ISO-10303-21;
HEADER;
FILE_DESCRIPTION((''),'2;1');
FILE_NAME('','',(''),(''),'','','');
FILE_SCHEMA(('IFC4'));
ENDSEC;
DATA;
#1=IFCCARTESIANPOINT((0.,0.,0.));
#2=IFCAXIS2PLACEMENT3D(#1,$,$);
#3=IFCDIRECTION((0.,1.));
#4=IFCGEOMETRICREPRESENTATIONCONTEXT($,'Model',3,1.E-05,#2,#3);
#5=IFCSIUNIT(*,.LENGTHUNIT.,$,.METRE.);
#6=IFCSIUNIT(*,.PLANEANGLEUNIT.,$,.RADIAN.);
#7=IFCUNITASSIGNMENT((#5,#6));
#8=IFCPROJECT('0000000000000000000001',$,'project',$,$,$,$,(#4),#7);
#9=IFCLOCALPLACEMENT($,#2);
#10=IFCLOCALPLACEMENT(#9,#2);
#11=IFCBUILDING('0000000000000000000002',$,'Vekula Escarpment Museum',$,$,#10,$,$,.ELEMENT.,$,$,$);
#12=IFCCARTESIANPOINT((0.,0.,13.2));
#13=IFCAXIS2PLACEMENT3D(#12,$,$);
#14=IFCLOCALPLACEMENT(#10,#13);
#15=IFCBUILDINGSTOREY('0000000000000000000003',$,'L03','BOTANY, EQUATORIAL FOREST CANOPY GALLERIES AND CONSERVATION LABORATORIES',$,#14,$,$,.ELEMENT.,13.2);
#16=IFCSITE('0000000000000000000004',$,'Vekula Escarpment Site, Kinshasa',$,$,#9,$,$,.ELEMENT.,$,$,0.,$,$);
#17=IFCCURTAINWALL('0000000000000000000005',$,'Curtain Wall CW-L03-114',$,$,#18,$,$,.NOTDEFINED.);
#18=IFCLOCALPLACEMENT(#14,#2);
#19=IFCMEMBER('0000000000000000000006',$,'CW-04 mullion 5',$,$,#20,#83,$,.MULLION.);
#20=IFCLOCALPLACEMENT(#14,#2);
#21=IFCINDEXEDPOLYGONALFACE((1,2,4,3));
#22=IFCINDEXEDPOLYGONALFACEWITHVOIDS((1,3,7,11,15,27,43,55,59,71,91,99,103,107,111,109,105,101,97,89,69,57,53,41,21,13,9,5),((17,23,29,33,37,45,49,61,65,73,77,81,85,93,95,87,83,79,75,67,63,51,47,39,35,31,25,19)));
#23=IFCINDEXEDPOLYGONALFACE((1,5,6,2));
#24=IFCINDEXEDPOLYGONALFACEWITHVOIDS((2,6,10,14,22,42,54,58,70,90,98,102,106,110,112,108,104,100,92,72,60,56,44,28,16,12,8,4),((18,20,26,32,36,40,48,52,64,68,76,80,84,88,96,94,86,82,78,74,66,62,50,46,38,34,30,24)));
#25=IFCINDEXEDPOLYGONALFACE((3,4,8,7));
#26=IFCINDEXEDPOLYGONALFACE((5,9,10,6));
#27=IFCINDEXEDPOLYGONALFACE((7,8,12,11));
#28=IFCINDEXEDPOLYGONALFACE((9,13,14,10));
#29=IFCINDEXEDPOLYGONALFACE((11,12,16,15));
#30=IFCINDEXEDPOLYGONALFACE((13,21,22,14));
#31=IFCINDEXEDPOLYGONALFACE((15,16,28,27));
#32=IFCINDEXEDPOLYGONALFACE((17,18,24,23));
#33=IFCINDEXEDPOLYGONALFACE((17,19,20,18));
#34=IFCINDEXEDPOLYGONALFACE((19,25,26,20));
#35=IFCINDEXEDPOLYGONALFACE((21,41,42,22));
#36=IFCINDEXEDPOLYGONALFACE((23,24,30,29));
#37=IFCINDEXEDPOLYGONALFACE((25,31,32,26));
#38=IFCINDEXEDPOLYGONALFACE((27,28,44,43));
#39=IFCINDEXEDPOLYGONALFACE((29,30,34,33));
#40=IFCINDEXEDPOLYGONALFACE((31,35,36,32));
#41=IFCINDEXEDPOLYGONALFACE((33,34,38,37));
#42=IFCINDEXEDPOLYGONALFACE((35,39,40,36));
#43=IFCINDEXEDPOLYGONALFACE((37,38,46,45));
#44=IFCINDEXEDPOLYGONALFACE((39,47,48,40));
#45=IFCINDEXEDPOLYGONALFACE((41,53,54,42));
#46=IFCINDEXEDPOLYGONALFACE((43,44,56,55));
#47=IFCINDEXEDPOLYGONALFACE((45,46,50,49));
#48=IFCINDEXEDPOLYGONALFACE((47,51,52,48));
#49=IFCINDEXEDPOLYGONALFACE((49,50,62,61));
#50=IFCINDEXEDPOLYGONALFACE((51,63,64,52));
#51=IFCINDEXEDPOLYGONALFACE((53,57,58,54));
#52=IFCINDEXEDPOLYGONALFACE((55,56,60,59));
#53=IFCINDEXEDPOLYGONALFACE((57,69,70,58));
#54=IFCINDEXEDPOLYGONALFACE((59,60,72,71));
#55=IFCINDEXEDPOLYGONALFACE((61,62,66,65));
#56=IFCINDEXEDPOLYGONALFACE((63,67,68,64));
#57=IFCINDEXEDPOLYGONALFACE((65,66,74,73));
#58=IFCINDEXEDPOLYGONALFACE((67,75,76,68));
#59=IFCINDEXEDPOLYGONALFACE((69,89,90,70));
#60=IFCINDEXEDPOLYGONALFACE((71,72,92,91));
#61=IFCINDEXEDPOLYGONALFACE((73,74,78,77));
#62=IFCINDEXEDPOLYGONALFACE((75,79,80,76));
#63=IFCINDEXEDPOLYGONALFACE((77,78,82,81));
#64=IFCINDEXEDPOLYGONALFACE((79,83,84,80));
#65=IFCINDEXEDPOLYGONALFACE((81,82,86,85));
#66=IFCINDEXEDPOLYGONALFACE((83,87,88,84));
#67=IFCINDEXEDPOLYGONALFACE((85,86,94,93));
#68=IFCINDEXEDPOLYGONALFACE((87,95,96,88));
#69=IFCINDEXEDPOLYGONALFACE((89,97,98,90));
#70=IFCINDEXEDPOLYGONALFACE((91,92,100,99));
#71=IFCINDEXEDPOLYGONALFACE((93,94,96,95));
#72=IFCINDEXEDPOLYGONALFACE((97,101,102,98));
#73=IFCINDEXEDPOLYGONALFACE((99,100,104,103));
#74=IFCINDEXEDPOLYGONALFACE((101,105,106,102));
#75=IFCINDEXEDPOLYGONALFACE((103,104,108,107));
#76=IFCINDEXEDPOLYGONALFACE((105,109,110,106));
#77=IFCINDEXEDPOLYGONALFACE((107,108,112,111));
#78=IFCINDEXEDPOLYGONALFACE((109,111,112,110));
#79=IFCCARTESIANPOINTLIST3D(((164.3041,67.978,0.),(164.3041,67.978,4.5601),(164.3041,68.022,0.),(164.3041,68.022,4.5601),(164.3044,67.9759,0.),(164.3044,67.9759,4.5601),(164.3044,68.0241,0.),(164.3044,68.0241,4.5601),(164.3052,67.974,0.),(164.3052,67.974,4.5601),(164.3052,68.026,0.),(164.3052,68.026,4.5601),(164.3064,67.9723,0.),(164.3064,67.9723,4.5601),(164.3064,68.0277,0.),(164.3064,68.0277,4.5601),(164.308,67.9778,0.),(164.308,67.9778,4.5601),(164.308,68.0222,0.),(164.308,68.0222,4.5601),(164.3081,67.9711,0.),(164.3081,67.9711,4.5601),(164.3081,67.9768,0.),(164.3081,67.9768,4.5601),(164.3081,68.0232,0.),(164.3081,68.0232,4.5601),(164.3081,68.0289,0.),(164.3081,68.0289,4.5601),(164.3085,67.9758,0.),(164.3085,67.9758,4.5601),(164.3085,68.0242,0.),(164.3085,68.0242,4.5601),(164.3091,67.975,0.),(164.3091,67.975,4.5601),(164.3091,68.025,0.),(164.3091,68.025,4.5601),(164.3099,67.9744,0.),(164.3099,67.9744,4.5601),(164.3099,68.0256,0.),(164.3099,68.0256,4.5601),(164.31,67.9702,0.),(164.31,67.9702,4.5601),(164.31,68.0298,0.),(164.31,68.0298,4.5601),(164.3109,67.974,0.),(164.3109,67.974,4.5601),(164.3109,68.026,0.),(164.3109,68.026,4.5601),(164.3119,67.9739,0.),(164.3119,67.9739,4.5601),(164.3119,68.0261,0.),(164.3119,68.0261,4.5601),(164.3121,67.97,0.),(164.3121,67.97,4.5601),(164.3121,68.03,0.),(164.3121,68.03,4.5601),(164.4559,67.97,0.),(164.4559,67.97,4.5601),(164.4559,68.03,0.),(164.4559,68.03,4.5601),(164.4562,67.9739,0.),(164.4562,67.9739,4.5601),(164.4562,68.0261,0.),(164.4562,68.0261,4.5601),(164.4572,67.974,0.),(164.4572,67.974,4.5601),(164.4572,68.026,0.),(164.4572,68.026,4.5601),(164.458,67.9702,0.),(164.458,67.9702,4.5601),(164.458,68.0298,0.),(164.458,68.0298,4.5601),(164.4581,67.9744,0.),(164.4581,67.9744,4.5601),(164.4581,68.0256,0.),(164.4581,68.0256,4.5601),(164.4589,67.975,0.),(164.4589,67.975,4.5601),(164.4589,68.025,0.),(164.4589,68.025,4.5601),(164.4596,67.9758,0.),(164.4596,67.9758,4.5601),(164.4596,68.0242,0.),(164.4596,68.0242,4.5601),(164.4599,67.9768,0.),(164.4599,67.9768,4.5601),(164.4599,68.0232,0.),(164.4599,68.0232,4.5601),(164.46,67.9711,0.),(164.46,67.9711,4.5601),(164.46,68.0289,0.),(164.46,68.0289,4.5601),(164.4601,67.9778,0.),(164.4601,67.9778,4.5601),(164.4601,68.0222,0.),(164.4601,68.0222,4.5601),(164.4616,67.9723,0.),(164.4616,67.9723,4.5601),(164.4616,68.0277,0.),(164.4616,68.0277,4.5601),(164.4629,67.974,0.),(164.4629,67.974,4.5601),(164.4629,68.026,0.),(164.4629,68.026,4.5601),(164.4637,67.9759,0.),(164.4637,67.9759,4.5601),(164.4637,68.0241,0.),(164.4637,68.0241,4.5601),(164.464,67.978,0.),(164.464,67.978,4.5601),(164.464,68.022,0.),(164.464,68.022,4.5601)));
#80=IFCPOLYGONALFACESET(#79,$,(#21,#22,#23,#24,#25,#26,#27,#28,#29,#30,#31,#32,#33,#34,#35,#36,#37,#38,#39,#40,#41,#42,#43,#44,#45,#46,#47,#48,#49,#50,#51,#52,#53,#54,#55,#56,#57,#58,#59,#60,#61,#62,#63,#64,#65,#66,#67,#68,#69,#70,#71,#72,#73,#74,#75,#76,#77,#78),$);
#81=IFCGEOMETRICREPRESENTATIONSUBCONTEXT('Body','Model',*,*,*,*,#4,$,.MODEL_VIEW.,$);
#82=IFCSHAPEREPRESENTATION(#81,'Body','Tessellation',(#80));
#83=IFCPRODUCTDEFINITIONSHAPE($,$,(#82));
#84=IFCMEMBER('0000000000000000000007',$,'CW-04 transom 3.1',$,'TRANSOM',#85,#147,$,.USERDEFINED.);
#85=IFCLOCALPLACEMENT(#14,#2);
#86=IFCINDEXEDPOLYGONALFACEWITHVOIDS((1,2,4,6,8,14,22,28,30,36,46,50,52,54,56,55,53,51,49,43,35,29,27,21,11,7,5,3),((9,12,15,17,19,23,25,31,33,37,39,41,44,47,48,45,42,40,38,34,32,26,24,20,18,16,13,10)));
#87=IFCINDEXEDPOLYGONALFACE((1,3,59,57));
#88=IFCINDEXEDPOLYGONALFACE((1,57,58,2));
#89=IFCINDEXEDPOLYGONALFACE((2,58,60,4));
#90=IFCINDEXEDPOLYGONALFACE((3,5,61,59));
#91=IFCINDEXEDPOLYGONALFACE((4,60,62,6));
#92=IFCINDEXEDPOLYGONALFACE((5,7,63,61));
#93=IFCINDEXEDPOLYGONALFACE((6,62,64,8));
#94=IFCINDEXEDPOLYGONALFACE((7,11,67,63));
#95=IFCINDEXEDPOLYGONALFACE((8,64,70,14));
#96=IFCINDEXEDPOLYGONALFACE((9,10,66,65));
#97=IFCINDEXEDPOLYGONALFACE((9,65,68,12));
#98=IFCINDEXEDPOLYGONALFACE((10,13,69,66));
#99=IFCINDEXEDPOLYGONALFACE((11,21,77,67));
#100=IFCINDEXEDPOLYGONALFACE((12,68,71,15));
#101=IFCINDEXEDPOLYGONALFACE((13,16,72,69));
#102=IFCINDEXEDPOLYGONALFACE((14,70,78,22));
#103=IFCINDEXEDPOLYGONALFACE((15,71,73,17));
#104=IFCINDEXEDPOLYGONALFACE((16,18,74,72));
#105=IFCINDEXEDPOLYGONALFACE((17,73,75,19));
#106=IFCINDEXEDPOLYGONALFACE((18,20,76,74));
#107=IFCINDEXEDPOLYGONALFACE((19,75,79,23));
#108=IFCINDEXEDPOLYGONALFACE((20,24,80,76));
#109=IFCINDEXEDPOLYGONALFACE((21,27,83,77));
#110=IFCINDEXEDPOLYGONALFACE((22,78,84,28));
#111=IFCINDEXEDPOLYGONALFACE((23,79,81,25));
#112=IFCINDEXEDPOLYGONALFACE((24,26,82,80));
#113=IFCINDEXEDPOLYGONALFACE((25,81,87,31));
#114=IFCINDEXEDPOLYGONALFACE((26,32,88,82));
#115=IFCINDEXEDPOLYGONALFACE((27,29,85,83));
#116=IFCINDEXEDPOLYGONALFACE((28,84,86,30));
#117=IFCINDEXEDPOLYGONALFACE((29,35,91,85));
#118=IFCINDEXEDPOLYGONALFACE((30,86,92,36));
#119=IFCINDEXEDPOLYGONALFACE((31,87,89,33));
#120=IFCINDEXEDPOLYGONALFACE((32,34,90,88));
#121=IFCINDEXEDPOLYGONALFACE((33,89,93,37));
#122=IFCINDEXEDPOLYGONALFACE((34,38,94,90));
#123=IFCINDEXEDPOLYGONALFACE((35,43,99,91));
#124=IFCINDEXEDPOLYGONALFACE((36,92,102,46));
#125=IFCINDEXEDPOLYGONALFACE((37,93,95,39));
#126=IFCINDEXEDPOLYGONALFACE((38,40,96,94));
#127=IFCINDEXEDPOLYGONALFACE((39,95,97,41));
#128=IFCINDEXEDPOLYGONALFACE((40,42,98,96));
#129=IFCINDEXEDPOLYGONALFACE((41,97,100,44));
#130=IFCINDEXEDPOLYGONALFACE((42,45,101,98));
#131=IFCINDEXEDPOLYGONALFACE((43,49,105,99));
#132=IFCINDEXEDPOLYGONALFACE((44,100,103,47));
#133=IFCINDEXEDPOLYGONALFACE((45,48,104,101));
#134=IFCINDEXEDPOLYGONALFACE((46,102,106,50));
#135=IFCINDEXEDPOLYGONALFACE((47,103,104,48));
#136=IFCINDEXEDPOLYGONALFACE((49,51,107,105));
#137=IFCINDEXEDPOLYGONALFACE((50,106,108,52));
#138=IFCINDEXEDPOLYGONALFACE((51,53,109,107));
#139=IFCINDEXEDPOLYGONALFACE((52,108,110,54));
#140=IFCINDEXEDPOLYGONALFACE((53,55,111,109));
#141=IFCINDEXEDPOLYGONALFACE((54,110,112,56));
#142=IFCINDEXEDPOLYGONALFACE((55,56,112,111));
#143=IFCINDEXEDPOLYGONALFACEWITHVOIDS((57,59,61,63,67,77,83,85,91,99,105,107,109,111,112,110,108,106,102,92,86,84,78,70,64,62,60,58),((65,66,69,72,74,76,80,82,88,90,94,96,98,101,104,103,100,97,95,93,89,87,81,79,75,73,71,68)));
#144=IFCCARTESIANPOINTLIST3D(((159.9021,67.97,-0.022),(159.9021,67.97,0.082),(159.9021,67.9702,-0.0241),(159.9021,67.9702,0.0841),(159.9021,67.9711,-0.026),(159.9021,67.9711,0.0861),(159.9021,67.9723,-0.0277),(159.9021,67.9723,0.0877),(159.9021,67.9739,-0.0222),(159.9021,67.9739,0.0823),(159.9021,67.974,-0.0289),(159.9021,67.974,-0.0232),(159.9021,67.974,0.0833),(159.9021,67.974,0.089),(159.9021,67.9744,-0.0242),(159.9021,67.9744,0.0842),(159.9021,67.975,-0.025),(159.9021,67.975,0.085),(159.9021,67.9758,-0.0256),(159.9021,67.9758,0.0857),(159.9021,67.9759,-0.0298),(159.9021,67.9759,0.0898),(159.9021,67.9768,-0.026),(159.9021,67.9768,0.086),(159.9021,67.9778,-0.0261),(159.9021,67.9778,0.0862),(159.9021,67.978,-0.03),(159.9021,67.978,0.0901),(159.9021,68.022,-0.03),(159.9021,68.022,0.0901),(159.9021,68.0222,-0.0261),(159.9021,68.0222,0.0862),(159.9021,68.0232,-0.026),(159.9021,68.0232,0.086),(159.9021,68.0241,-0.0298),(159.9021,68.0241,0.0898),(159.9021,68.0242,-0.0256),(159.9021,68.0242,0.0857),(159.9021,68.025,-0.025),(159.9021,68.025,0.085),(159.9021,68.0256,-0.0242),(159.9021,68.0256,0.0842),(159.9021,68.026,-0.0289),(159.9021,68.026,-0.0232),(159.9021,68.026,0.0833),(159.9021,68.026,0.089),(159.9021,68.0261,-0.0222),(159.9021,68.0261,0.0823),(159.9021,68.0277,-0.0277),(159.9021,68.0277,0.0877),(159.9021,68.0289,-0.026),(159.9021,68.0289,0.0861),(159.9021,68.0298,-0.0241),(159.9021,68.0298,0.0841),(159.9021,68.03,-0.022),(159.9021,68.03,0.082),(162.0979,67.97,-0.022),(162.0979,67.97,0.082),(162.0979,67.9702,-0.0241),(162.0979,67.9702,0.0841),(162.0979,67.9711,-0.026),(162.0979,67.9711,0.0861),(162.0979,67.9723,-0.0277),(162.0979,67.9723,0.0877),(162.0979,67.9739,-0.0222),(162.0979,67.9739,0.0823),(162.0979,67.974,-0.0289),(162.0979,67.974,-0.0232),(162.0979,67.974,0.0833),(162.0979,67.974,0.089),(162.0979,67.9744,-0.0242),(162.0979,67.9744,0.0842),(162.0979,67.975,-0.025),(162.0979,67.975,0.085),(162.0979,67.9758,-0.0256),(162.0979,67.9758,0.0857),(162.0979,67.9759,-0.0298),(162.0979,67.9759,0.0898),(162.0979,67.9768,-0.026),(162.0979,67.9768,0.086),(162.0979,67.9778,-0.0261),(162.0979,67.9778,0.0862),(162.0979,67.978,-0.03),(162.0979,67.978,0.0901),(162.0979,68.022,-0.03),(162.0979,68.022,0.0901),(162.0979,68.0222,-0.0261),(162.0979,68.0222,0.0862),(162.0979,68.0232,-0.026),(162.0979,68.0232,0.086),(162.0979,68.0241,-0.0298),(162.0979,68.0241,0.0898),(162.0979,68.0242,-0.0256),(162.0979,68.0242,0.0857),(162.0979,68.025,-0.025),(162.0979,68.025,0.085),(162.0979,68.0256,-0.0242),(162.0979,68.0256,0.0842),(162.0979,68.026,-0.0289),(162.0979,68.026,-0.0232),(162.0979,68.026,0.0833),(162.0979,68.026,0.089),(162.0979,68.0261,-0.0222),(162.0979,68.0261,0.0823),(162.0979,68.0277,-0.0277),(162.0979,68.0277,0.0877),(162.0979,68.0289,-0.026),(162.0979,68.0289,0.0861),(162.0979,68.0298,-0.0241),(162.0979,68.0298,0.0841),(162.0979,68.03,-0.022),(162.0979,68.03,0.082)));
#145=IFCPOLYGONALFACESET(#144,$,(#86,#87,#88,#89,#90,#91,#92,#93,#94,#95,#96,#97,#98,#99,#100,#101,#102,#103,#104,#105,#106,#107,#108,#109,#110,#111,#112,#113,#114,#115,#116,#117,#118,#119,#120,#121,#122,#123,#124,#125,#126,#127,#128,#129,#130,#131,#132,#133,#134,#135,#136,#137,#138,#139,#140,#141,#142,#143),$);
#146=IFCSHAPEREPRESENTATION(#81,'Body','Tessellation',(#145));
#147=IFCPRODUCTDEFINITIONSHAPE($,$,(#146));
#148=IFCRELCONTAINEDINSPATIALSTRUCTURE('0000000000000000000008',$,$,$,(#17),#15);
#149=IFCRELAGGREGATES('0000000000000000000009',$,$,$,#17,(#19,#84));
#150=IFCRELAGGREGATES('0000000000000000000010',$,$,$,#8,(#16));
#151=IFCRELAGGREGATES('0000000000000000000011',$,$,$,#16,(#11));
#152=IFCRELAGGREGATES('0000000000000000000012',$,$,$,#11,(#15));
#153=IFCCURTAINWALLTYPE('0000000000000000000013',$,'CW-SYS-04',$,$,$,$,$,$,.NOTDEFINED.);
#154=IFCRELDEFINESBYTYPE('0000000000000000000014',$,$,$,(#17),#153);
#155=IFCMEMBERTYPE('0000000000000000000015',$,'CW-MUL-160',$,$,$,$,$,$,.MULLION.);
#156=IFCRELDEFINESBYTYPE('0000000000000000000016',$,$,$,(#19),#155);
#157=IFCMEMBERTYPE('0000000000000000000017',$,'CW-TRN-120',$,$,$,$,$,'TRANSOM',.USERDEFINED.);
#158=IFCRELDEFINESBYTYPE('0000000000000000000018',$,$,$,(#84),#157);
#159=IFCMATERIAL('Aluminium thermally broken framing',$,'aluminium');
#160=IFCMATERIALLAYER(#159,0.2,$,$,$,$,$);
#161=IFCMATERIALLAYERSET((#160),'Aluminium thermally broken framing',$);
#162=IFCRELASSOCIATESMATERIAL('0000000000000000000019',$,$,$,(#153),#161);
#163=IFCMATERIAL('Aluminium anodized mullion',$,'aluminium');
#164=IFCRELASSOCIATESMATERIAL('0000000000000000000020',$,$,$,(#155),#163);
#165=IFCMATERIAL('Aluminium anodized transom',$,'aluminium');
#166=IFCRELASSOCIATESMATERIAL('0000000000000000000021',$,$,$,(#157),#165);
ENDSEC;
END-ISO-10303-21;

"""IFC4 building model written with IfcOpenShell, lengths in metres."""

from ifc_helpers import new_model, si_unit, direction, frame, origin, origin_2d, place, context, subcontext, project, spatial, hollow_rectangle, extrude, material, layer, layer_set, material_profile, profile_set, type_object, element, aggregate, save


model = new_model("IFC4")

# Units and contexts
model_context = context("Model", 3, precision=1e-05, world=origin(), true_north=direction((0.0, 1.0)))
body_context = subcontext(model_context, "Body", "Model", "MODEL_VIEW")
ifc_project = project(units=[si_unit("LENGTHUNIT", "METRE"), si_unit("PLANEANGLEUNIT", "RADIAN")], contexts=[model_context])

# Site, building, storey
site_placement = place(None, origin())
site = spatial("IfcSite", under=ifc_project, at=site_placement, Name="Vekula Escarpment Site, Kinshasa", CompositionType="ELEMENT", RefElevation=0.0)
building_placement = place(site_placement, origin())
building = spatial("IfcBuilding", under=site, at=building_placement, Name="Vekula Escarpment Museum", CompositionType="ELEMENT")
storey_placement = place(building_placement, frame((0.0, 0.0, 13.2)))
storey = spatial("IfcBuildingStorey", under=building, at=storey_placement, Name="L03", Description="BOTANY, EQUATORIAL FOREST CANOPY GALLERIES AND CONSERVATION LABORATORIES", CompositionType="ELEMENT", Elevation=13.2)

# Curtain wall, members
ifc_material_1 = material(Name="Aluminium thermally broken framing", Category="aluminium")
ifc_layer_1 = layer(ifc_material_1, 0.2)
ifc_layer_set_1 = layer_set([ifc_layer_1], Name="Aluminium thermally broken framing")
curtain_wall_type = type_object("IfcCurtainWallType", Name="CW-SYS-04", PredefinedType="NOTDEFINED", material=ifc_layer_set_1)
curtain_wall_placement = place(storey_placement, origin())
curtain_wall = element("IfcCurtainWall", 1, at=curtain_wall_placement, inside=storey, type_object=curtain_wall_type, Name="Curtain Wall CW-L03-114", PredefinedType="NOTDEFINED")
ifc_material_2 = material(Name="Aluminium anodized mullion", Category="aluminium")
ifc_material_profile_1 = material_profile(ifc_material_2, hollow_rectangle(XDim=0.0601, YDim=0.1599, WallThickness=0.0039, InnerFilletRadius=0.0039, OuterFilletRadius=0.0081, at=origin_2d()), Name="ALU 160x60x4")
ifc_profile_set_1 = profile_set([ifc_material_profile_1], Name="Aluminium anodized mullion")
member_type_1 = type_object("IfcMemberType", Name="CW-MUL-160", PredefinedType="MULLION", material=ifc_profile_set_1)
member_1_placement = place(storey_placement, frame((164.384, 68.0, 0.0), z_axis=(0.0, 0.0, 1.0), x_axis=(0.0, 1.0, 0.0)))
member_1 = element("IfcMember", 2, at=member_1_placement, type_object=member_type_1, Name="CW-04 mullion 5", PredefinedType="MULLION", context=body_context, shape_type="SweptSolid", body=[
    extrude(hollow_rectangle(XDim=0.0601, YDim=0.1599, WallThickness=0.0039, InnerFilletRadius=0.0039, OuterFilletRadius=0.0081, at=origin_2d()), origin(), (0.0, 0.0, 1.0), 4.5601),
])
ifc_material_3 = material(Name="Aluminium anodized transom", Category="aluminium")
ifc_material_profile_2 = material_profile(ifc_material_3, hollow_rectangle(XDim=0.0601, YDim=0.1201, WallThickness=0.0039, InnerFilletRadius=0.0039, OuterFilletRadius=0.0081, at=origin_2d()), Name="ALU 120x60x4")
ifc_profile_set_2 = profile_set([ifc_material_profile_2], Name="Aluminium anodized transom")
member_type_2 = type_object("IfcMemberType", Name="CW-TRN-120", ElementType="TRANSOM", PredefinedType="USERDEFINED", material=ifc_profile_set_2)
member_2_placement = place(storey_placement, frame((159.9021, 68.0, 0.03), z_axis=(1.0, 0.0, 0.0), x_axis=(0.0, 1.0, 0.0)))
member_2 = element("IfcMember", 3, at=member_2_placement, type_object=member_type_2, Name="CW-04 transom 3.1", ObjectType="TRANSOM", PredefinedType="USERDEFINED", context=body_context, shape_type="SweptSolid", body=[
    extrude(hollow_rectangle(XDim=0.0601, YDim=0.1201, WallThickness=0.0039, InnerFilletRadius=0.0039, OuterFilletRadius=0.0081, at=origin_2d()), origin(), (0.0, 0.0, 1.0), 2.1958),
])
aggregate(curtain_wall, [member_1, member_2])

save(model, "model.ifc")
